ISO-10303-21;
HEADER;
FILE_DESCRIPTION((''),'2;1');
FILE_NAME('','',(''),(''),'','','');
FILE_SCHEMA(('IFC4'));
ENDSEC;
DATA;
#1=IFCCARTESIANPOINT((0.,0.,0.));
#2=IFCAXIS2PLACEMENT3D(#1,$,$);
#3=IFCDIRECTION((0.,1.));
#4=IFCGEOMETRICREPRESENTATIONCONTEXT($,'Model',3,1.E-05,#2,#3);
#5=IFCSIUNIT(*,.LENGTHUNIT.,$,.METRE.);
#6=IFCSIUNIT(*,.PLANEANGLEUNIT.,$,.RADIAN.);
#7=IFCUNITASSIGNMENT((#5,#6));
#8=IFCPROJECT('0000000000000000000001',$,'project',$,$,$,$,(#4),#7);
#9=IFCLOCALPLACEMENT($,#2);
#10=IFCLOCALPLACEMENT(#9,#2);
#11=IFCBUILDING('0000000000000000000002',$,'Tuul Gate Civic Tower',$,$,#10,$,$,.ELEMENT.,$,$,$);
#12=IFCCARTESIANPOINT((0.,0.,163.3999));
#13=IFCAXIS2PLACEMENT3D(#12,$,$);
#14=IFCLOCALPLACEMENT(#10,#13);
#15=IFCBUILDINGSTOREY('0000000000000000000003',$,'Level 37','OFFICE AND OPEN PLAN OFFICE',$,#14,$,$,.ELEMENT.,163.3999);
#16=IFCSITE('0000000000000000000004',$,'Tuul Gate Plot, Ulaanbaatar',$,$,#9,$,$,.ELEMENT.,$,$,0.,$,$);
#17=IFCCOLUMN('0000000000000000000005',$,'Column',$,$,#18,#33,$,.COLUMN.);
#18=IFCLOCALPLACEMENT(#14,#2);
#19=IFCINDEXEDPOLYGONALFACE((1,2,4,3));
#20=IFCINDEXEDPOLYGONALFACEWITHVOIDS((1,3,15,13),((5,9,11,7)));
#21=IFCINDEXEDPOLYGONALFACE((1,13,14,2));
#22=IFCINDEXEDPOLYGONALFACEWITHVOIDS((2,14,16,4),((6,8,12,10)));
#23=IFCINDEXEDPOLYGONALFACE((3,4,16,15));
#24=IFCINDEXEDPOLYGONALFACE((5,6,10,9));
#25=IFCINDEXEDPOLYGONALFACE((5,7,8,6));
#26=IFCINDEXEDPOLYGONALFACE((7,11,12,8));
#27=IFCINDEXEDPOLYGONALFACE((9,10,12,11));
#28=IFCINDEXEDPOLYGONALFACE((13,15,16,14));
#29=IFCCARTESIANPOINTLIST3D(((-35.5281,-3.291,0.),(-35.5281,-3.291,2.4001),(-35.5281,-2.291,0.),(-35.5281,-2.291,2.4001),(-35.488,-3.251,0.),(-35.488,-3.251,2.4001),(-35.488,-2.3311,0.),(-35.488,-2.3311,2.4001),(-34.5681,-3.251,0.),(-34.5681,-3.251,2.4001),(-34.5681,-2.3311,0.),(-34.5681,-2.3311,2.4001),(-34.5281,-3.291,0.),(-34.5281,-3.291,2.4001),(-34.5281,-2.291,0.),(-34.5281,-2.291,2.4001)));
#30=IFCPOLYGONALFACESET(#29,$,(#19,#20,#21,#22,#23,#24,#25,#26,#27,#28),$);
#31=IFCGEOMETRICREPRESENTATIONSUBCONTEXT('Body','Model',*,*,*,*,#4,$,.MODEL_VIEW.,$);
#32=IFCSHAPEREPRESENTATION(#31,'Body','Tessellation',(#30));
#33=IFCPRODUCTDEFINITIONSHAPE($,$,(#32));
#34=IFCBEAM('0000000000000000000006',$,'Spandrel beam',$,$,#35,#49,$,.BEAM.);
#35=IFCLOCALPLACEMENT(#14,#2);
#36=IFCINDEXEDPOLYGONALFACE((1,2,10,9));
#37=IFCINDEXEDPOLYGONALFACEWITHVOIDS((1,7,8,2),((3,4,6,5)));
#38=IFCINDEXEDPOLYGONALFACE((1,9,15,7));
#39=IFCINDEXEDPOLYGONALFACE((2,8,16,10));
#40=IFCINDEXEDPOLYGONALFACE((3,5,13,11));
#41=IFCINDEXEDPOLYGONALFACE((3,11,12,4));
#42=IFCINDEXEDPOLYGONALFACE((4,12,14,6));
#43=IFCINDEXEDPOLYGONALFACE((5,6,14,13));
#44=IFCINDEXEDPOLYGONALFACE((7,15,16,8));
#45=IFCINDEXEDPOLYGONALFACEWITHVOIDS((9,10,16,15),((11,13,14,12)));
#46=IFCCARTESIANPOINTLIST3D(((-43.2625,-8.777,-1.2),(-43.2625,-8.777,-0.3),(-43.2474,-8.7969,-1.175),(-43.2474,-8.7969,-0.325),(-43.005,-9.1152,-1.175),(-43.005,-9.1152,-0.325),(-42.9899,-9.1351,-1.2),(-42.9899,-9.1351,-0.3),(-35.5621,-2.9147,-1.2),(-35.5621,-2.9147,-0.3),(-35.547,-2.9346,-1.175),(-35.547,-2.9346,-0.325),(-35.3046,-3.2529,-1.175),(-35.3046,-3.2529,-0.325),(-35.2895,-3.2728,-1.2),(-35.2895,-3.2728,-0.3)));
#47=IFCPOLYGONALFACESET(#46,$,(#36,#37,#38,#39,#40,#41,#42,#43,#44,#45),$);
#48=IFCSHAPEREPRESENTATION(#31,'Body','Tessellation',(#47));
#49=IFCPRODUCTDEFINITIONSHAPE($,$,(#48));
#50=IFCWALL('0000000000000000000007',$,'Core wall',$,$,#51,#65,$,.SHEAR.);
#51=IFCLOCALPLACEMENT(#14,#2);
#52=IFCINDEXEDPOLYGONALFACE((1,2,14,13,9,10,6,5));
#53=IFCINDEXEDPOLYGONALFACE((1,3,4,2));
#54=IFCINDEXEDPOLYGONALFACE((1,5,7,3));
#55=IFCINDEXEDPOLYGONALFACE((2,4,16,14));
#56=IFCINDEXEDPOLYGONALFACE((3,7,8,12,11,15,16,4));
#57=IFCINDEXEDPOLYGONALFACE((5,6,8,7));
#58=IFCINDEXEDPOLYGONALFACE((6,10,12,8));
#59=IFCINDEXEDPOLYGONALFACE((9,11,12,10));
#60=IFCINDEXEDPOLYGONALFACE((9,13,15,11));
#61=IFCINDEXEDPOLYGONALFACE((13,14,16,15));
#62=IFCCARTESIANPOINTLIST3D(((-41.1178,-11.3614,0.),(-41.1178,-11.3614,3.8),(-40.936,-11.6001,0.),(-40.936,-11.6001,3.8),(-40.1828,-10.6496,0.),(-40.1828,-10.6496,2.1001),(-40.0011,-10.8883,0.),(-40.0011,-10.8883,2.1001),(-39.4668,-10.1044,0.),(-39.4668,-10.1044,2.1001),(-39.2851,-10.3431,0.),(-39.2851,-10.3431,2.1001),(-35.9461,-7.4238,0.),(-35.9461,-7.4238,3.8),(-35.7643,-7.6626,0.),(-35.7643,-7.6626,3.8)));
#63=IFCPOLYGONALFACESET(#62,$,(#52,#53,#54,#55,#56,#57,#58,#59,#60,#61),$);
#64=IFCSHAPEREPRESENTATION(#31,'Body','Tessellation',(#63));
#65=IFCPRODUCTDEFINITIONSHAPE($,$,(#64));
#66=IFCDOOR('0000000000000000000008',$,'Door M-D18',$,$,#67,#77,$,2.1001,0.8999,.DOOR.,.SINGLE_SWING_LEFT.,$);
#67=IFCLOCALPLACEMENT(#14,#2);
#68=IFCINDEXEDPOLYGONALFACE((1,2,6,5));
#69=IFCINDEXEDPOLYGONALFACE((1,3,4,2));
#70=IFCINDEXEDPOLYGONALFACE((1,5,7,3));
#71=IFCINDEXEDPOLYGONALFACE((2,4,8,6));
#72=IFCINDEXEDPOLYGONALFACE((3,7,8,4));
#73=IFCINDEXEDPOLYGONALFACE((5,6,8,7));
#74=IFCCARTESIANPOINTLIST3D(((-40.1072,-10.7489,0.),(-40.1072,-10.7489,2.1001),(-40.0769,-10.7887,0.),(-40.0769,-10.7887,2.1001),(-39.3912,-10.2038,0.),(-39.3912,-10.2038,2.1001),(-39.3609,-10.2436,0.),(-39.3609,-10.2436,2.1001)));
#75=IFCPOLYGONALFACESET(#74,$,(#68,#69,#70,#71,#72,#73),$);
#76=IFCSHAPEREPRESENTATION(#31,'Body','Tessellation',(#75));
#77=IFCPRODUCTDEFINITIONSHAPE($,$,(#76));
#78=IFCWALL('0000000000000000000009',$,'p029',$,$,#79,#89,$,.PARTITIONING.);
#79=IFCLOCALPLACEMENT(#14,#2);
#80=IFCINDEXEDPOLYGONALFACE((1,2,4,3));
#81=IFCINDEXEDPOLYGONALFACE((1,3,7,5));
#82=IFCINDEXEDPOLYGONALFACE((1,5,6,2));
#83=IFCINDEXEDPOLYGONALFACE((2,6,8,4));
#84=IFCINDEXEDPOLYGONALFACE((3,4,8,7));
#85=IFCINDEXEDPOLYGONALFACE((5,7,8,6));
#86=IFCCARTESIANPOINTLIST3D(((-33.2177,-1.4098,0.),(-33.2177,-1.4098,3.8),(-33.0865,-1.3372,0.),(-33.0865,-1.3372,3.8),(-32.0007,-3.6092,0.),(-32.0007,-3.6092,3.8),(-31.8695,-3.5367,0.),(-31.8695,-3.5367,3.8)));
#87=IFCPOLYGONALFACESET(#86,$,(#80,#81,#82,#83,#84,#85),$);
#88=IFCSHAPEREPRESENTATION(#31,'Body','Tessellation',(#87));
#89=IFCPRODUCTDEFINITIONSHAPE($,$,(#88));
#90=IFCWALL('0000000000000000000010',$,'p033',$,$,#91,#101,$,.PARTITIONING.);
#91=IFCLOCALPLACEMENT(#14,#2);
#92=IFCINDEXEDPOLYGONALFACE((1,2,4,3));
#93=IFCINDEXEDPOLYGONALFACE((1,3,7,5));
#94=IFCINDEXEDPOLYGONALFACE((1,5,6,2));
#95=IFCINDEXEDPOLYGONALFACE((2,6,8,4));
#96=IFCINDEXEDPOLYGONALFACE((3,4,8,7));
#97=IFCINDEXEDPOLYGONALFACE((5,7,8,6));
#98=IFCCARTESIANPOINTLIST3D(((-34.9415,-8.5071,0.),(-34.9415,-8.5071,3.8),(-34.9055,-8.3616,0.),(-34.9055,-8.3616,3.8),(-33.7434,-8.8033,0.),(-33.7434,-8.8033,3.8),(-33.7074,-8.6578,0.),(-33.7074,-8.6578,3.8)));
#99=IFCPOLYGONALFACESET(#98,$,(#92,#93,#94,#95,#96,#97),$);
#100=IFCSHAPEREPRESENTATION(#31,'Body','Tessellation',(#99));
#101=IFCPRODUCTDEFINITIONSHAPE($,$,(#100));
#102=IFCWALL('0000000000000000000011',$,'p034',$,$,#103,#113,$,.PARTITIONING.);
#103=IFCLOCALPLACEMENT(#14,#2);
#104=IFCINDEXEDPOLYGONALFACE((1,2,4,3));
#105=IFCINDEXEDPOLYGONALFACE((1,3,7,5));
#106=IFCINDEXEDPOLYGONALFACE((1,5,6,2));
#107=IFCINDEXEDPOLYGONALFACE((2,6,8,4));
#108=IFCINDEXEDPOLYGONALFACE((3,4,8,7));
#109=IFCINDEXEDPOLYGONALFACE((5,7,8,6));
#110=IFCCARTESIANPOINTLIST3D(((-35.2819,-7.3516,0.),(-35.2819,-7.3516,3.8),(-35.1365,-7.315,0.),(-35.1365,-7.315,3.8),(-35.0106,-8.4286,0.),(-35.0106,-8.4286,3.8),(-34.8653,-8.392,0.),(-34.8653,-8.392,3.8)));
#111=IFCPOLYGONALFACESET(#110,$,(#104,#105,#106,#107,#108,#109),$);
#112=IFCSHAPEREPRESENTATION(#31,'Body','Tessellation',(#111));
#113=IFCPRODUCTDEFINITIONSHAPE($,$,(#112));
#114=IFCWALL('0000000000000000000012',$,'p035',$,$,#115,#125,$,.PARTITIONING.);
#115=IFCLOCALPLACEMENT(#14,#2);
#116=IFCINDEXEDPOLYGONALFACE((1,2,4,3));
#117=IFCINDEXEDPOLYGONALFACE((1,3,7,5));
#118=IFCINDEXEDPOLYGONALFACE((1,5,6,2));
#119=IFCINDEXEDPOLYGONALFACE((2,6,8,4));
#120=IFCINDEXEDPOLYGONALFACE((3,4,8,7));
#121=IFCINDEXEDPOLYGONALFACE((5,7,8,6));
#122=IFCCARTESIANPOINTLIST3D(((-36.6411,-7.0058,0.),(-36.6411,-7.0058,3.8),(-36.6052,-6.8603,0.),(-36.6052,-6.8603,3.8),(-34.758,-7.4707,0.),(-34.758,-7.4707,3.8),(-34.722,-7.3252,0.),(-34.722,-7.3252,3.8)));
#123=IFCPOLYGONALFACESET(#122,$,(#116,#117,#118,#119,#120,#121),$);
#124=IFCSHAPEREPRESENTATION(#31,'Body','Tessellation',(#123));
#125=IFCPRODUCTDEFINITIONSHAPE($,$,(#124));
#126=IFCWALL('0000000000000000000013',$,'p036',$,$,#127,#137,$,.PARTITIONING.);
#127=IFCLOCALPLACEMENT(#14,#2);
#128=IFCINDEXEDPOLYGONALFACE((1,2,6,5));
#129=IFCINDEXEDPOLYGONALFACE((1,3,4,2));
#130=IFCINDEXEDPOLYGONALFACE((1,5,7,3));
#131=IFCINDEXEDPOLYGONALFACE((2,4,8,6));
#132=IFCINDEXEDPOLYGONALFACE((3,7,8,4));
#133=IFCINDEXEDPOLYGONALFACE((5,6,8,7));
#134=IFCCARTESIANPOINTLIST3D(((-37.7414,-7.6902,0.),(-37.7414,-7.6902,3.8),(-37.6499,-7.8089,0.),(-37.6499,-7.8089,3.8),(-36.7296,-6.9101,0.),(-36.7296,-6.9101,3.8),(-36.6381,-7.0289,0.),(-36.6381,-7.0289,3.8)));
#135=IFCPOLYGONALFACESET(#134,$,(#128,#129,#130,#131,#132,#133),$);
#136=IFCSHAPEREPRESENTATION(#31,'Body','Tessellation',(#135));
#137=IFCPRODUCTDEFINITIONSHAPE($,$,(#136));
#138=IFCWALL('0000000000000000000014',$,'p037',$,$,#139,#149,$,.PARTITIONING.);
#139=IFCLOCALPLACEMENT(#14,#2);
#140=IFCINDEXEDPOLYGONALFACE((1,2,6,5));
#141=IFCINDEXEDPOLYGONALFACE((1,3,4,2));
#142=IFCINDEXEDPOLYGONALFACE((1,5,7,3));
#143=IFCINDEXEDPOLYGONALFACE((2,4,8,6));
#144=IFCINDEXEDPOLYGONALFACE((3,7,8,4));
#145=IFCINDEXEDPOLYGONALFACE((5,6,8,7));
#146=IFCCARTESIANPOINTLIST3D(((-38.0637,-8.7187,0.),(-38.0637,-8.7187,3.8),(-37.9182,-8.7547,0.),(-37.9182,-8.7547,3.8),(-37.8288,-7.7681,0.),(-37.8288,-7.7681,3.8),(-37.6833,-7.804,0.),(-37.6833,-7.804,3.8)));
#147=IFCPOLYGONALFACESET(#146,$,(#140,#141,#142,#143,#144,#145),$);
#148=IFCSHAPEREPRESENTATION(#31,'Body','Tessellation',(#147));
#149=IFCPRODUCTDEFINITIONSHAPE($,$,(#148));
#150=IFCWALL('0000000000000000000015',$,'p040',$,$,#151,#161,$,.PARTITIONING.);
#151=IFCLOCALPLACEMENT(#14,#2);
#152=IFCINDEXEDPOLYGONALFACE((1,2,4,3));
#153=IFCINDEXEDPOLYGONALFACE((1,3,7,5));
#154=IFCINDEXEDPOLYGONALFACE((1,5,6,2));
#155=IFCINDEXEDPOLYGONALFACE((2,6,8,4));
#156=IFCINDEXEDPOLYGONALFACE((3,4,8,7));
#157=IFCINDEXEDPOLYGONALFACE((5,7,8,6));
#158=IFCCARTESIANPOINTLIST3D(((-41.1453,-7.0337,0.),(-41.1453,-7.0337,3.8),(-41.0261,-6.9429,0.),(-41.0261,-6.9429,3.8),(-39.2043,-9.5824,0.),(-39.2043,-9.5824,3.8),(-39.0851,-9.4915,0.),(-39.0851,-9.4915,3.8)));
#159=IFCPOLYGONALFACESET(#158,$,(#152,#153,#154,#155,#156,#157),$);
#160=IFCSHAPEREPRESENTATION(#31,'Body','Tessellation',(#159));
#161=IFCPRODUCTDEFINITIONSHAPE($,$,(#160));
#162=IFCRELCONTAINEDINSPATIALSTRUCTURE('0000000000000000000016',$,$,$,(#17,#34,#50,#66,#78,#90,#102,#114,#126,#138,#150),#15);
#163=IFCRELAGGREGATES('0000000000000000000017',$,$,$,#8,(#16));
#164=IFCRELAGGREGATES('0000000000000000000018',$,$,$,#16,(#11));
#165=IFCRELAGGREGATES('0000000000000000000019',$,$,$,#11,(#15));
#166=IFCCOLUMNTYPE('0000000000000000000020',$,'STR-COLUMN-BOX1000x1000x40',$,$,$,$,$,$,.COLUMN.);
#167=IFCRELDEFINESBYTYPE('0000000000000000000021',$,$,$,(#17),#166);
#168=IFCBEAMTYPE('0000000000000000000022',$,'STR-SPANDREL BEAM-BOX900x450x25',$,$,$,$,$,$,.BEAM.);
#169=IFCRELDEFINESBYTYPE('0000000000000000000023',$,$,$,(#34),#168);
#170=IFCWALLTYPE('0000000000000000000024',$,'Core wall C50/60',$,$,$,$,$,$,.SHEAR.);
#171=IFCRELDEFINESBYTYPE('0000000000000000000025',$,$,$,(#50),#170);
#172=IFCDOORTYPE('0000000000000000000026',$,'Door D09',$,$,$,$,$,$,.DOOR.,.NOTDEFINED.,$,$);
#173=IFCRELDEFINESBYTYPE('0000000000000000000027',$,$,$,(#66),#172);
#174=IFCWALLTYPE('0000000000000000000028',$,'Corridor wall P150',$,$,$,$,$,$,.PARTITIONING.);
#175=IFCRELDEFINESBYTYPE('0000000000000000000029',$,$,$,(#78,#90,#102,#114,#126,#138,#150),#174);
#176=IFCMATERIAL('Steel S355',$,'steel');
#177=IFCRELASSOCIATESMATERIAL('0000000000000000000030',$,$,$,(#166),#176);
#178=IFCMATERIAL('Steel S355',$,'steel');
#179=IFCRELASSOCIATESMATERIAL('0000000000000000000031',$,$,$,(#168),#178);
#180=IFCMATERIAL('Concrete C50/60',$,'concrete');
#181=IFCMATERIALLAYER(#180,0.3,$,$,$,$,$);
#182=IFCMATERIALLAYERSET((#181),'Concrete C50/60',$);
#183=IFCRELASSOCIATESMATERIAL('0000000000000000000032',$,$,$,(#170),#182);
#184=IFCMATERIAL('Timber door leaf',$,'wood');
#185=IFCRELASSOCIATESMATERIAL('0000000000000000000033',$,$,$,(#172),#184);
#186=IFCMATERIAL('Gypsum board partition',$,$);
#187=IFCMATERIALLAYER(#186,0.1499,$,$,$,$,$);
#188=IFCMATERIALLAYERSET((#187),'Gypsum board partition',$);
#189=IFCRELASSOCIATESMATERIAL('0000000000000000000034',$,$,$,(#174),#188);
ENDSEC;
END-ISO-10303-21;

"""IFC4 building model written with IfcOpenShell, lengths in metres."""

from ifc_helpers import new_model, si_unit, direction, frame, frame_2d, origin, origin_2d, place, context, subcontext, project, spatial, rectangle, hollow_rectangle, extrude, material, layer, layer_set, material_profile, profile_set, type_object, element, fill, save


model = new_model("IFC4")

# Units and contexts
model_context = context("Model", 3, precision=1e-05, world=origin(), true_north=direction((0.0, 1.0)))
body_context = subcontext(model_context, "Body", "Model", "MODEL_VIEW")
ifc_project = project(units=[si_unit("LENGTHUNIT", "METRE"), si_unit("PLANEANGLEUNIT", "RADIAN")], contexts=[model_context])

# Site, building, storey
site_placement = place(None, origin())
site = spatial("IfcSite", under=ifc_project, at=site_placement, Name="Tuul Gate Plot, Ulaanbaatar", CompositionType="ELEMENT", RefElevation=0.0)
building_placement = place(site_placement, origin())
building = spatial("IfcBuilding", under=site, at=building_placement, Name="Tuul Gate Civic Tower", CompositionType="ELEMENT")
storey_placement = place(building_placement, frame((0.0, 0.0, 163.3999)))
storey = spatial("IfcBuildingStorey", under=building, at=storey_placement, Name="Level 37", Description="OFFICE AND OPEN PLAN OFFICE", CompositionType="ELEMENT", Elevation=163.3999)

# Column
ifc_material_1 = material(Name="Steel S355", Category="steel")
ifc_material_profile_1 = material_profile(ifc_material_1, hollow_rectangle(XDim=1.0, YDim=1.0, WallThickness=0.04, at=origin_2d()), Name="BOX1000x1000x40")
ifc_profile_set_1 = profile_set([ifc_material_profile_1], Name="Steel S355")
column_type = type_object("IfcColumnType", Name="STR-COLUMN-BOX1000x1000x40", PredefinedType="COLUMN", material=ifc_profile_set_1)
column_placement = place(storey_placement, frame((-35.0281, -2.791, 0.0), z_axis=(0.0, 0.0, 1.0), x_axis=(1.0, 0.0, 0.0)))
element("IfcColumn", 1, at=column_placement, inside=storey, type_object=column_type, Name="Column", PredefinedType="COLUMN", context=body_context, shape_type="SweptSolid", body=[
    extrude(hollow_rectangle(XDim=1.0, YDim=1.0, WallThickness=0.04, at=origin_2d()), origin(), (0.0, 0.0, 1.0), 2.4001),
])

# Beam
ifc_material_2 = material(Name="Steel S355", Category="steel")
ifc_material_profile_2 = material_profile(ifc_material_2, hollow_rectangle(XDim=0.45, YDim=0.8999, WallThickness=0.0249, at=origin_2d()), Name="BOX900x450x25")
ifc_profile_set_2 = profile_set([ifc_material_profile_2], Name="Steel S355")
beam_type = type_object("IfcBeamType", Name="STR-SPANDREL BEAM-BOX900x450x25", PredefinedType="BEAM", material=ifc_profile_set_2)
beam_placement = place(storey_placement, frame((-35.4258, -3.0938, -0.75), z_axis=(-0.795666, -0.605736, 0.0), x_axis=(0.605736, -0.795666, 0.0)))
element("IfcBeam", 2, at=beam_placement, inside=storey, type_object=beam_type, Name="Spandrel beam", PredefinedType="BEAM", context=body_context, shape_type="SweptSolid", body=[
    extrude(hollow_rectangle(XDim=0.45, YDim=0.8999, WallThickness=0.0249, at=origin_2d()), origin(), (0.0, 0.0, 1.0), 9.678),
])

# Wall, opening, door
ifc_material_3 = material(Name="Concrete C50/60", Category="concrete")
ifc_layer_1 = layer(ifc_material_3, 0.3)
ifc_layer_set_1 = layer_set([ifc_layer_1], Name="Concrete C50/60")
wall_type_1 = type_object("IfcWallType", Name="Core wall C50/60", PredefinedType="SHEAR", material=ifc_layer_set_1)
wall_1_placement = place(storey_placement, frame((-35.8552, -7.5432, 0.0), z_axis=(0.0, 0.0, 1.0), x_axis=(-0.795639, -0.605772, 0.0)))
wall_1 = element("IfcWall", 3, at=wall_1_placement, inside=storey, type_object=wall_type_1, Name="Core wall", PredefinedType="SHEAR", context=body_context, shape_type="SweptSolid", body=[
    extrude(rectangle(XDim=6.5, YDim=0.3, at=frame_2d((3.25, 0.0))), origin(), (0.0, 0.0, 1.0), 3.8),
])
opening_1_placement = place(wall_1_placement, frame((4.425, 0.0, 0.0)))
opening_1 = element("IfcOpeningElement", 4, at=opening_1_placement, cuts=wall_1, PredefinedType="OPENING", context=body_context, shape_type="SweptSolid", body=[
    extrude(rectangle(XDim=0.8999, YDim=2.1001, at=frame_2d((0.45, 1.05))), frame((0.0, 0.1602, 0.0), z_axis=(0.0, -1.0, 0.0), x_axis=(1.0, 0.0, 0.0)), (0.0, 0.0, 1.0), 0.3201),
])
ifc_material_4 = material(Name="Timber door leaf", Category="wood")
door_type = type_object("IfcDoorType", Name="Door D09", OperationType="NOTDEFINED", PredefinedType="DOOR", material=ifc_material_4)
door_1_placement = place(opening_1_placement, origin())
door_1 = element("IfcDoor", 5, at=door_1_placement, inside=storey, type_object=door_type, Name="Door M-D18", OperationType="SINGLE_SWING_LEFT", OverallHeight=2.1001, OverallWidth=0.8999, PredefinedType="DOOR", context=body_context, shape_type="SweptSolid", body=[
    extrude(rectangle(XDim=0.8999, YDim=2.1001, at=frame_2d((0.45, 1.05))), frame((0.0, 0.0249, 0.0), z_axis=(0.0, -1.0, 0.0), x_axis=(1.0, 0.0, 0.0)), (0.0, 0.0, 1.0), 0.05),
])
fill(opening_1, door_1)

# Walls
ifc_material_5 = material(Name="Gypsum board partition")
ifc_layer_2 = layer(ifc_material_5, 0.1499)
ifc_layer_set_2 = layer_set([ifc_layer_2], Name="Gypsum board partition")
wall_type_2 = type_object("IfcWallType", Name="Corridor wall P150", PredefinedType="PARTITIONING", material=ifc_layer_set_2)
wall_2_placement = place(storey_placement, frame((-33.1521, -1.3735, 0.0), z_axis=(0.0, 0.0, 1.0), x_axis=(0.484158, -0.874981, 0.0)))
element("IfcWall", 6, at=wall_2_placement, inside=storey, type_object=wall_type_2, Name="p029", PredefinedType="PARTITIONING", context=body_context, shape_type="SweptSolid", body=[
    extrude(rectangle(XDim=2.5137, YDim=0.1499, at=frame_2d((1.2568, 0.0))), origin(), (0.0, 0.0, 1.0), 3.8),
])
wall_3_placement = place(storey_placement, frame((-34.9236, -8.4343, 0.0), z_axis=(0.0, 0.0, 1.0), x_axis=(0.970779, -0.239975, 0.0)))
element("IfcWall", 7, at=wall_3_placement, inside=storey, type_object=wall_type_2, Name="p033", PredefinedType="PARTITIONING", context=body_context, shape_type="SweptSolid", body=[
    extrude(rectangle(XDim=1.2341, YDim=0.1499, at=frame_2d((0.6172, 0.0))), origin(), (0.0, 0.0, 1.0), 3.8),
])
wall_4_placement = place(storey_placement, frame((-34.938, -8.4102, 0.0), z_axis=(0.0, 0.0, 1.0), x_axis=(-0.244242, 0.969714, 0.0)))
element("IfcWall", 8, at=wall_4_placement, inside=storey, type_object=wall_type_2, Name="p034", PredefinedType="PARTITIONING", context=body_context, shape_type="SweptSolid", body=[
    extrude(rectangle(XDim=1.1106, YDim=0.1499, at=frame_2d((0.5552, 0.0))), origin(), (0.0, 0.0, 1.0), 3.8),
])
wall_5_placement = place(storey_placement, frame((-36.623, -6.9331, 0.0), z_axis=(0.0, 0.0, 1.0), x_axis=(0.970856, -0.239662, 0.0)))
element("IfcWall", 9, at=wall_5_placement, inside=storey, type_object=wall_type_2, Name="p035", PredefinedType="PARTITIONING", context=body_context, shape_type="SweptSolid", body=[
    extrude(rectangle(XDim=1.9397, YDim=0.1499, at=frame_2d((0.9697, 0.0))), origin(), (0.0, 0.0, 1.0), 3.8),
])
wall_6_placement = place(storey_placement, frame((-37.6956, -7.7495, 0.0), z_axis=(0.0, 0.0, 1.0), x_axis=(0.791949, 0.610588, 0.0)))
element("IfcWall", 10, at=wall_6_placement, inside=storey, type_object=wall_type_2, Name="p036", PredefinedType="PARTITIONING", context=body_context, shape_type="SweptSolid", body=[
    extrude(rectangle(XDim=1.2776, YDim=0.1499, at=frame_2d((0.6387, 0.0))), origin(), (0.0, 0.0, 1.0), 3.8),
])
wall_7_placement = place(storey_placement, frame((-37.991, -8.7368, 0.0), z_axis=(0.0, 0.0, 1.0), x_axis=(0.239836, 0.970813, 0.0)))
element("IfcWall", 11, at=wall_7_placement, inside=storey, type_object=wall_type_2, Name="p037", PredefinedType="PARTITIONING", context=body_context, shape_type="SweptSolid", body=[
    extrude(rectangle(XDim=0.9792, YDim=0.1499, at=frame_2d((0.4897, 0.0))), origin(), (0.0, 0.0, 1.0), 3.8),
])
wall_8_placement = place(storey_placement, frame((-41.0857, -6.9883, 0.0), z_axis=(0.0, 0.0, 1.0), x_axis=(0.605873, -0.795561, 0.0)))
element("IfcWall", 12, at=wall_8_placement, inside=storey, type_object=wall_type_2, Name="p040", PredefinedType="PARTITIONING", context=body_context, shape_type="SweptSolid", body=[
    extrude(rectangle(XDim=3.2036, YDim=0.1499, at=frame_2d((1.6018, 0.0))), origin(), (0.0, 0.0, 1.0), 3.8),
])

save(model, "model.ifc")
